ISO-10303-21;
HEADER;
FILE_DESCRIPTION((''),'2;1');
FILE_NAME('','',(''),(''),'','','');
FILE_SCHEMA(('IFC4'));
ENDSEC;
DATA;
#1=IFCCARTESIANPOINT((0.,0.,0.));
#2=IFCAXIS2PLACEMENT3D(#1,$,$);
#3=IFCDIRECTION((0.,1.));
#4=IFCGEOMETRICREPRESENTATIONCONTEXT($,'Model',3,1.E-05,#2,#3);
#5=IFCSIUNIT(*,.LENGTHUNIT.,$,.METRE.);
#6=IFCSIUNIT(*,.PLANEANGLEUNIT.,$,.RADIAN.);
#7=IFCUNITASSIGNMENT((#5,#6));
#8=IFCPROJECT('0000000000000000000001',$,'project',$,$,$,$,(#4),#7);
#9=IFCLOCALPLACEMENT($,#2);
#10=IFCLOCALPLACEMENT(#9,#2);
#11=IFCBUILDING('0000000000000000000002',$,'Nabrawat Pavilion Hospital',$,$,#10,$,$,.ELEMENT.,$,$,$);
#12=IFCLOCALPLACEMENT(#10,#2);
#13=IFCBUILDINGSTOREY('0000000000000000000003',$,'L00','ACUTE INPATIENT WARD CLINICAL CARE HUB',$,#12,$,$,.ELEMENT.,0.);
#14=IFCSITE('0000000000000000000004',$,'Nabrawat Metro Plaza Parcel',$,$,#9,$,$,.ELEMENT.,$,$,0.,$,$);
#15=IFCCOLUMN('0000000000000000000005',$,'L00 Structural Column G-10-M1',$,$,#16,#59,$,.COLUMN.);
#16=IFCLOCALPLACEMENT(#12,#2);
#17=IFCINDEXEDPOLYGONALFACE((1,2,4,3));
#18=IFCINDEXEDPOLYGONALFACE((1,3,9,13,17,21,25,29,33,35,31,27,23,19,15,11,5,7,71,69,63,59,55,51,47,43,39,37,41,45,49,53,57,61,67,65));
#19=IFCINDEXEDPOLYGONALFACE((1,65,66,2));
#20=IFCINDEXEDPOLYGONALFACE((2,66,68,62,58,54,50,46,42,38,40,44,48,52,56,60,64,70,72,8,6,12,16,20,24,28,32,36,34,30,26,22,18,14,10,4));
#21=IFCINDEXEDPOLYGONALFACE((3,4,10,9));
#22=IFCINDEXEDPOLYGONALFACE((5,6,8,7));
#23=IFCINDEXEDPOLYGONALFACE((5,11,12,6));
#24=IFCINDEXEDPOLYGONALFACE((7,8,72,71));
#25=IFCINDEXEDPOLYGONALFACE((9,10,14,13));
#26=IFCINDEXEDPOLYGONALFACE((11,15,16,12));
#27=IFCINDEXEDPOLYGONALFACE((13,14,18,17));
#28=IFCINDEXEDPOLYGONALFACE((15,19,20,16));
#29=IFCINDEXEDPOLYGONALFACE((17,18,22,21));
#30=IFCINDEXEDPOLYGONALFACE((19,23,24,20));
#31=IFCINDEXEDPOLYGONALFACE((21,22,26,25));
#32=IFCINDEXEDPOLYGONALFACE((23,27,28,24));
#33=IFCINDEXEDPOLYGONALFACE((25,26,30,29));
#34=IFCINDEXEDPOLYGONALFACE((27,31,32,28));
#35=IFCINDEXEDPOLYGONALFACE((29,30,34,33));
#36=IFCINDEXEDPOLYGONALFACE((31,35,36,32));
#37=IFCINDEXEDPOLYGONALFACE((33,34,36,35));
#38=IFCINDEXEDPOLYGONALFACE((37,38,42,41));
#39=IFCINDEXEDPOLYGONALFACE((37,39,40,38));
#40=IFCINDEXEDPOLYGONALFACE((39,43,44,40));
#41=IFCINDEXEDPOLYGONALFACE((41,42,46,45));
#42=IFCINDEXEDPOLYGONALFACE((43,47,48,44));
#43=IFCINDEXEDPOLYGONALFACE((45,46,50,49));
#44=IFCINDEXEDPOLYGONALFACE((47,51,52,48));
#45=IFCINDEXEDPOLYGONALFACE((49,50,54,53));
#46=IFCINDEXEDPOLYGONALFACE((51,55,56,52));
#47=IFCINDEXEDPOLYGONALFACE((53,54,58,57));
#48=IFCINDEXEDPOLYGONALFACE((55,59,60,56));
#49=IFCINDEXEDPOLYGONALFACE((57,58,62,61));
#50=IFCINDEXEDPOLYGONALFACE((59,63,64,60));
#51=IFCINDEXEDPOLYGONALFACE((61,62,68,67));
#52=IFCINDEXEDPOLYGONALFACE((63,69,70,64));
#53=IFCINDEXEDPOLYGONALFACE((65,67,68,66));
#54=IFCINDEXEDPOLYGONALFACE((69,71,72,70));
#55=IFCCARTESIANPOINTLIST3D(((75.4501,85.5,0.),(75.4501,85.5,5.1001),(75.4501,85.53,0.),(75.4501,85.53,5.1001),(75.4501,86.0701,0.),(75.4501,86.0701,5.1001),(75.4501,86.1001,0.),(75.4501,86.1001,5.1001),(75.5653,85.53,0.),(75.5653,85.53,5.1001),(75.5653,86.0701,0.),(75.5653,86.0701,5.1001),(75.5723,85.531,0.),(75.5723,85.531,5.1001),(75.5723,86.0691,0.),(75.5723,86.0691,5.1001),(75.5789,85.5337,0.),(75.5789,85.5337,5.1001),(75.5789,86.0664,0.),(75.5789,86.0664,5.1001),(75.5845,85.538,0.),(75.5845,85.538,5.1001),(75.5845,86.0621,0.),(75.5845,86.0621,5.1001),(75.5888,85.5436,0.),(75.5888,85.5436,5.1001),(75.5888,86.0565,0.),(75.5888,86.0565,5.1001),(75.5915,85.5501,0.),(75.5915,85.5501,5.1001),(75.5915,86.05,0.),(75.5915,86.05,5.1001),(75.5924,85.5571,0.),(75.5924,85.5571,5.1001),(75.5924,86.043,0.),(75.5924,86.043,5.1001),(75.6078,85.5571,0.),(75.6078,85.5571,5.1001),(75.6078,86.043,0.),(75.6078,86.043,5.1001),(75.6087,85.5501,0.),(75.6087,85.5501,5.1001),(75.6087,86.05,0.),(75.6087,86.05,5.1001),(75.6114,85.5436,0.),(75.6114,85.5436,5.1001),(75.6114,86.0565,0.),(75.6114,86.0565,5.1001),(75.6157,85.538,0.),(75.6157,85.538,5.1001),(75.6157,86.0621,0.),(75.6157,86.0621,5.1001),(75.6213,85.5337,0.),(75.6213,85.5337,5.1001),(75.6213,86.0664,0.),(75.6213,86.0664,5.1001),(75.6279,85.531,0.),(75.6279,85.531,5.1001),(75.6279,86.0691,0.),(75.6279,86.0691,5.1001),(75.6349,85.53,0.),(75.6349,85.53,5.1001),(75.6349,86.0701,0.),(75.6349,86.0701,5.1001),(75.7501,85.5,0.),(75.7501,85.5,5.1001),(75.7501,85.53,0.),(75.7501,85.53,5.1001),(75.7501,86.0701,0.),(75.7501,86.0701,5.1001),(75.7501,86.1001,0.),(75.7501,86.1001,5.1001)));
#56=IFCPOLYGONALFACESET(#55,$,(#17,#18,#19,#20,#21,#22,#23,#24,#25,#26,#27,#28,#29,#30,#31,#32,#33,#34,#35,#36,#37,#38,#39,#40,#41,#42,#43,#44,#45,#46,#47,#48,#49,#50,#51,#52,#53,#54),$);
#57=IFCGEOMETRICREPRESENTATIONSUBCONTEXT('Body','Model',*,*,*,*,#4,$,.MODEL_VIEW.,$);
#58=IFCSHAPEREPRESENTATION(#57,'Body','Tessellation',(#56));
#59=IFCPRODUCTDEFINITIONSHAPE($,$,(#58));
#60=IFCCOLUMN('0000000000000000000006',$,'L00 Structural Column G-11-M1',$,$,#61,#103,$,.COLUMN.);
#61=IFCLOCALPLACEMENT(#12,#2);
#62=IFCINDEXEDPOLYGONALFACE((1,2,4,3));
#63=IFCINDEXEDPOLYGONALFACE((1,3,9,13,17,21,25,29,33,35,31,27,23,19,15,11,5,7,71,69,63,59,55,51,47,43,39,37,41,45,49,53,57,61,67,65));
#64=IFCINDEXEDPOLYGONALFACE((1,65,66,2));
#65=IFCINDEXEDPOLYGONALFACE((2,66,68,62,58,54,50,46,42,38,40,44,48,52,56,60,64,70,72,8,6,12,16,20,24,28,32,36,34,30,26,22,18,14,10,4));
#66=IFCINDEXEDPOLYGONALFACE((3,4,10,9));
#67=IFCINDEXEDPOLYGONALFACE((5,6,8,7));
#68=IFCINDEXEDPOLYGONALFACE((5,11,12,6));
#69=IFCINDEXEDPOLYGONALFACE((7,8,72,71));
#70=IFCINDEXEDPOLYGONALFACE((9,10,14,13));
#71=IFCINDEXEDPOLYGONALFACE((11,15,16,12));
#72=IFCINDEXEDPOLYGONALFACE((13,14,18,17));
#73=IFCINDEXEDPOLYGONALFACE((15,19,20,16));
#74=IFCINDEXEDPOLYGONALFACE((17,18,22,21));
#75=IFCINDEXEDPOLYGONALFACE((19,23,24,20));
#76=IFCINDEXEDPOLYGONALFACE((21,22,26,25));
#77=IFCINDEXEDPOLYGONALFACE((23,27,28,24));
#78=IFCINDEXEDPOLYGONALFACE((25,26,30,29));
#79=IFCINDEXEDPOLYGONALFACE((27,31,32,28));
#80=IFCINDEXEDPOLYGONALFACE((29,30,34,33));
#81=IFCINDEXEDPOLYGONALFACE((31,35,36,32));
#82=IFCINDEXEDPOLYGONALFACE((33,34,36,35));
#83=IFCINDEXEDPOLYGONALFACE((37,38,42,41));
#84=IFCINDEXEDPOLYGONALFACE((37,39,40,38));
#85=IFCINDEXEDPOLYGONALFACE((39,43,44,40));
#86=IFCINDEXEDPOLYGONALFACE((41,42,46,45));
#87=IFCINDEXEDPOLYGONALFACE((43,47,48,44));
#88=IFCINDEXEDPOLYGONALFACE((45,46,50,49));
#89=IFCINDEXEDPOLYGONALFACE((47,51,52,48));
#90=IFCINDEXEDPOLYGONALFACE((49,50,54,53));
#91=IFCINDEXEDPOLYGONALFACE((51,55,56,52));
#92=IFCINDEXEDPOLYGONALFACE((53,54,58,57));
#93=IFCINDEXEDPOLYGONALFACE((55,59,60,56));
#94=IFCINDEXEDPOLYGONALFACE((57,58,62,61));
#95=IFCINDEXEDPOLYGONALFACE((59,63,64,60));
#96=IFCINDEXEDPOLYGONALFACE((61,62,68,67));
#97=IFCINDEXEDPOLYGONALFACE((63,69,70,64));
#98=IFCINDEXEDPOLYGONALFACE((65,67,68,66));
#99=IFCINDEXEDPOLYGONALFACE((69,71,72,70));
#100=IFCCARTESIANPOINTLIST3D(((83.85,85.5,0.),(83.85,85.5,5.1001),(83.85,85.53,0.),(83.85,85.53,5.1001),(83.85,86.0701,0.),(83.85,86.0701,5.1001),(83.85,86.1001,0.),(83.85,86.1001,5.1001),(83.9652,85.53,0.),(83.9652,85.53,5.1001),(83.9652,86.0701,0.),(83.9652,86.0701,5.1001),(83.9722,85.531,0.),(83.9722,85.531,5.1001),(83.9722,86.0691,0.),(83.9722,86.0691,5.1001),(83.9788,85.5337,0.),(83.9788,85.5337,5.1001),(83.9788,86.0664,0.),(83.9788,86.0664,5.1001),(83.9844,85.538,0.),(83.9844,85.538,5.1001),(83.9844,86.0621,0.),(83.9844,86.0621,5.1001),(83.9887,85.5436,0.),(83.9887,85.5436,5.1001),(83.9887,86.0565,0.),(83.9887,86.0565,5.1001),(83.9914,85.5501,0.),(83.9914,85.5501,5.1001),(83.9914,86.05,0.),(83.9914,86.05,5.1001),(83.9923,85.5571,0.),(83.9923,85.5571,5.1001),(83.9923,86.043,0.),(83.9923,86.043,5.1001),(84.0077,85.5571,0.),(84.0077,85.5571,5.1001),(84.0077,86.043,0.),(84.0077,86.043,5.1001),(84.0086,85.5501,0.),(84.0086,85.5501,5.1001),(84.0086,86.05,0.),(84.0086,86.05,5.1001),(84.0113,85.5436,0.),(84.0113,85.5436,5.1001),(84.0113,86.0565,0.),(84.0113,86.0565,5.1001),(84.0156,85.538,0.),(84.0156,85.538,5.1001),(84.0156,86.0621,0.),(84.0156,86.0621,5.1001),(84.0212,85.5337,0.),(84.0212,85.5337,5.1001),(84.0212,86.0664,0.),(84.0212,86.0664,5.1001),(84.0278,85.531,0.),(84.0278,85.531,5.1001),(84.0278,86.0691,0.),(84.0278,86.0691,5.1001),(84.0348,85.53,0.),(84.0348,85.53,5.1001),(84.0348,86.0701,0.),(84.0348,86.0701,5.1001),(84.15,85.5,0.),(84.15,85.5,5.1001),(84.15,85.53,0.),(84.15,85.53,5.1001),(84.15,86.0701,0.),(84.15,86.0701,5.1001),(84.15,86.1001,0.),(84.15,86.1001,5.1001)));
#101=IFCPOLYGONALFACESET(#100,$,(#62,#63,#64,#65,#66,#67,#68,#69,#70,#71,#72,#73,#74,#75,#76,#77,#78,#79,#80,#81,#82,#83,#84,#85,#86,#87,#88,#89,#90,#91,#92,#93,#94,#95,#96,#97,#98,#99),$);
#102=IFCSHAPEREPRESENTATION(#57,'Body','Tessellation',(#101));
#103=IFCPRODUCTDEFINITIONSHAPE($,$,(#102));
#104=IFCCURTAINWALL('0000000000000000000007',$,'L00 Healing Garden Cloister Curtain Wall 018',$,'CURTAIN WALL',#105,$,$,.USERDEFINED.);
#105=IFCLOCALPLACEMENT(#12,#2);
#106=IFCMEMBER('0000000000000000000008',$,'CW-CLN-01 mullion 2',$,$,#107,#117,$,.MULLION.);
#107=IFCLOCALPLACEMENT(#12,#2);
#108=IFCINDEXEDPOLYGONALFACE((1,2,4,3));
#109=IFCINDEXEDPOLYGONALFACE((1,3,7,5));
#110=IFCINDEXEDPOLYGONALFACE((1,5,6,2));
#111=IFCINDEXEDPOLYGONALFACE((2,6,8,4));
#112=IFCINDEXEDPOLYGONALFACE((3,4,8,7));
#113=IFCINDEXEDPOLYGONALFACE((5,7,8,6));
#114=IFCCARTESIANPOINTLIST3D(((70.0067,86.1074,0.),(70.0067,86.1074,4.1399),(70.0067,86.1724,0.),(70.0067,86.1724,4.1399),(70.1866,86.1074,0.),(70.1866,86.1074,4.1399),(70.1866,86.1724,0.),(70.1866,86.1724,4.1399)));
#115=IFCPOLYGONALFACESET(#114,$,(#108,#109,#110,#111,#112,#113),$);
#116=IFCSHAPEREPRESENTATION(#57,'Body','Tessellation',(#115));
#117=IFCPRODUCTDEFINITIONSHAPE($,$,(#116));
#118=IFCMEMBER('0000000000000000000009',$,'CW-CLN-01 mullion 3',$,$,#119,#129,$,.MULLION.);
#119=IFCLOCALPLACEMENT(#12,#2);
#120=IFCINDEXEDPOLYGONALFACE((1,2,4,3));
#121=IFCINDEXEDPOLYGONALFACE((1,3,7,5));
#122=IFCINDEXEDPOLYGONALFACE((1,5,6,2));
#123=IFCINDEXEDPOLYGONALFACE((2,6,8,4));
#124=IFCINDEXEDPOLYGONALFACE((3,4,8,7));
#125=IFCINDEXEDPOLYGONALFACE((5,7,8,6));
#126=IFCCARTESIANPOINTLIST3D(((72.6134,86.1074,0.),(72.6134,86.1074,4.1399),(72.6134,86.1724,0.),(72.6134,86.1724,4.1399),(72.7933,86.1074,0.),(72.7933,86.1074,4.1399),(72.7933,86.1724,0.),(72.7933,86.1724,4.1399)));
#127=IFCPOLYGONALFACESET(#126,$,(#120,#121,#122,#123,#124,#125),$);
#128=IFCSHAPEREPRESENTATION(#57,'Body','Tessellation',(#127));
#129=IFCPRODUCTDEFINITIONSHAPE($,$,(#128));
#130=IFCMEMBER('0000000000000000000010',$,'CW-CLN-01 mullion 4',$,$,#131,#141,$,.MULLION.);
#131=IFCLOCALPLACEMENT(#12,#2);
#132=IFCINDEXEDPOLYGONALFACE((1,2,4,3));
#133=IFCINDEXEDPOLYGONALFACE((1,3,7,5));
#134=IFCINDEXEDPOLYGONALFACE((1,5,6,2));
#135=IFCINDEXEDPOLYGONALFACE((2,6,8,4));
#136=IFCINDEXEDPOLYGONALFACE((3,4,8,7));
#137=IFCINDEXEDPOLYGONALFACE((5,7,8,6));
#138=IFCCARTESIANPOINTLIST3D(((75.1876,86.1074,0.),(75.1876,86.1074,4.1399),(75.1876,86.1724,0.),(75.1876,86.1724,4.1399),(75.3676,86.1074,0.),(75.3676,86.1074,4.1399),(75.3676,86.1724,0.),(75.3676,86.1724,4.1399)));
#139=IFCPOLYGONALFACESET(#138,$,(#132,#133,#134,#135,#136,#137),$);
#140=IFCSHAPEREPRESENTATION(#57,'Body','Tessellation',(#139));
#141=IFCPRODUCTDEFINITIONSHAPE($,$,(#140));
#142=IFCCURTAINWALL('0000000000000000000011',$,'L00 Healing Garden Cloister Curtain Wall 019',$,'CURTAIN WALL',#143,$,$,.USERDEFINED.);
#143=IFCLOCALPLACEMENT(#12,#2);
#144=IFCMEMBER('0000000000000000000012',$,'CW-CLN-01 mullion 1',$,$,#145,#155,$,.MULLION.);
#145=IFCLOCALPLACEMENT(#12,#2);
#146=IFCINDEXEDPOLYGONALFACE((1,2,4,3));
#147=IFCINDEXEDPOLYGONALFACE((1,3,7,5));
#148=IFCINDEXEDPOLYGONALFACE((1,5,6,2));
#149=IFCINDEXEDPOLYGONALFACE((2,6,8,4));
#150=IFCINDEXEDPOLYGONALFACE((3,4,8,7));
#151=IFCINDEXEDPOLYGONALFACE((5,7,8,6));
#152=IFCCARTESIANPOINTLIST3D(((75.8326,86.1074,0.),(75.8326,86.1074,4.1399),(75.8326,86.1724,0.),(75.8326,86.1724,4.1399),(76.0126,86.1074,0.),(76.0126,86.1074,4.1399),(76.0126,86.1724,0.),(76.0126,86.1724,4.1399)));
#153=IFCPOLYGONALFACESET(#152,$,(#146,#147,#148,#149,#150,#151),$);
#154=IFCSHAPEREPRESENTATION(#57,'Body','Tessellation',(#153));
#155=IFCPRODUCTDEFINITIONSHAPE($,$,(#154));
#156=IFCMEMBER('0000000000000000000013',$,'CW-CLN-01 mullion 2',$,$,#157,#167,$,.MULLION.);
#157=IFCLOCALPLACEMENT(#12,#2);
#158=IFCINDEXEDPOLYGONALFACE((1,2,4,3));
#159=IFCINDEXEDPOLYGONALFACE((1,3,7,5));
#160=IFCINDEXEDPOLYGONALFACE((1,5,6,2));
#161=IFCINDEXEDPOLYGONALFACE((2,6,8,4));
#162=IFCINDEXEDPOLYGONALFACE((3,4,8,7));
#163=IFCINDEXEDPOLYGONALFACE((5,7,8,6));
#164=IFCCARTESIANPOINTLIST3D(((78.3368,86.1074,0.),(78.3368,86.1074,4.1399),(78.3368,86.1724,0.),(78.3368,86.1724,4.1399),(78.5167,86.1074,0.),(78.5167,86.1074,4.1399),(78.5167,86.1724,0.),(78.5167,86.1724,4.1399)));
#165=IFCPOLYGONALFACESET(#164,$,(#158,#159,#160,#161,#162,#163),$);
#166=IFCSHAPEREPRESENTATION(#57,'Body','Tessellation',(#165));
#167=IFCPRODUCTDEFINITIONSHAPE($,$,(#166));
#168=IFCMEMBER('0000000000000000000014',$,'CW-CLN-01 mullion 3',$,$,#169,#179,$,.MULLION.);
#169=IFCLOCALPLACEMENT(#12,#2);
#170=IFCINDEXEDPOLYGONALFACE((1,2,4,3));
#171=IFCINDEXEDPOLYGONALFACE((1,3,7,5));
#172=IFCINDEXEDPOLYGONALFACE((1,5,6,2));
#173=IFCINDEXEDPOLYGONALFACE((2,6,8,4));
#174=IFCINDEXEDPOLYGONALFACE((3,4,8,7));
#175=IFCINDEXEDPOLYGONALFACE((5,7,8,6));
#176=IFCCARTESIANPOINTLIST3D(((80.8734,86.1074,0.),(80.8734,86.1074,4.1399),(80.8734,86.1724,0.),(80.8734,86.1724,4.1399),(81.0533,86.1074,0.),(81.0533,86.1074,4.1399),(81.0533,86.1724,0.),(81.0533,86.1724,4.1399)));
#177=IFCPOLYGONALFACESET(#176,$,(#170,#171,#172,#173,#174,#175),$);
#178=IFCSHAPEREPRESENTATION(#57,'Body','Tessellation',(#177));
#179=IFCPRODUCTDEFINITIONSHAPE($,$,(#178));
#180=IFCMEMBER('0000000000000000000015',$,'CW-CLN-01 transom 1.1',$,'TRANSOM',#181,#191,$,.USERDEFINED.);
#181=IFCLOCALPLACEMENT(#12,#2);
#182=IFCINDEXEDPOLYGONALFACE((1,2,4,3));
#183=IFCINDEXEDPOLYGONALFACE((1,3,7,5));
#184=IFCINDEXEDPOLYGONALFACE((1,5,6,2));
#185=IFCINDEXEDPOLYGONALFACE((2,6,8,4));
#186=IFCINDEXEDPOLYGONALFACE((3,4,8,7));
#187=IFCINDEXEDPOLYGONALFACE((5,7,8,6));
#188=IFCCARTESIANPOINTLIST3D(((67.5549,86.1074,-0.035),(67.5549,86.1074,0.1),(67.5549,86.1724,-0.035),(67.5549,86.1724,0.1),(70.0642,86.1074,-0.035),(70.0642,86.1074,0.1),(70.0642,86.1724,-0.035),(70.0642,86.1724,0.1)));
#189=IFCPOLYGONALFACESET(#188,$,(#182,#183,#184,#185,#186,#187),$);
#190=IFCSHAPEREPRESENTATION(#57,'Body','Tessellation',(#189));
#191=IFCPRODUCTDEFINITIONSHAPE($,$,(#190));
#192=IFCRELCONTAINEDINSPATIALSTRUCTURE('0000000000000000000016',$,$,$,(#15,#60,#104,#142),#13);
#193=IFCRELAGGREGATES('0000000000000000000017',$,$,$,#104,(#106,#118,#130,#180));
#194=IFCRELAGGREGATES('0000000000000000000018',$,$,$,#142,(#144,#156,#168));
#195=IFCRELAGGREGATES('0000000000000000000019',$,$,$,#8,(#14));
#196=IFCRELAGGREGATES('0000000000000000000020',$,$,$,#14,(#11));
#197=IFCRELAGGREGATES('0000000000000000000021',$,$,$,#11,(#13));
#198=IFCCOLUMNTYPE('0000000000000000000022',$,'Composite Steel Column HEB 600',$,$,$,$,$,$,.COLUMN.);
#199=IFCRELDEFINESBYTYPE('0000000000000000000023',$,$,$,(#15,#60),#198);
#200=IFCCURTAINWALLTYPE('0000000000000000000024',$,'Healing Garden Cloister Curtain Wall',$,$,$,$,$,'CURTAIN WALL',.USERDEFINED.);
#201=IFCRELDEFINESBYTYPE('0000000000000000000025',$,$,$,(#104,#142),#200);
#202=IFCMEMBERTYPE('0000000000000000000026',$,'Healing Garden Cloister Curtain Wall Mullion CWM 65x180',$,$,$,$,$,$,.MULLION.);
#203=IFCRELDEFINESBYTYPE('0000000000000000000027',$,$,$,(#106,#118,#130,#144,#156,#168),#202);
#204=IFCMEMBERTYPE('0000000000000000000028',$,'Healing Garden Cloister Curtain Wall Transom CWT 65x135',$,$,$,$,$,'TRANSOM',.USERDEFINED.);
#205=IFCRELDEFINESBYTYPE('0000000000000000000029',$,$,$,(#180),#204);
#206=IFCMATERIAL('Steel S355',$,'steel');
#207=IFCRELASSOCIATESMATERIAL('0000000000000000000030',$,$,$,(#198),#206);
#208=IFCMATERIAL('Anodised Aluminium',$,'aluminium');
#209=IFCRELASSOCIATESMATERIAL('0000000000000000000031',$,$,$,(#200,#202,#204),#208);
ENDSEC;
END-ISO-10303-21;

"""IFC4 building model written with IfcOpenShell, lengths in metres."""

from ifc_helpers import new_model, si_unit, direction, frame, origin, origin_2d, place, context, subcontext, project, spatial, rectangle, i_section, extrude, material, material_profile, profile_set, type_object, element, aggregate, save


model = new_model("IFC4")

# Units and contexts
model_context = context("Model", 3, precision=1e-05, world=origin(), true_north=direction((0.0, 1.0)))
body_context = subcontext(model_context, "Body", "Model", "MODEL_VIEW")
ifc_project = project(units=[si_unit("LENGTHUNIT", "METRE"), si_unit("PLANEANGLEUNIT", "RADIAN")], contexts=[model_context])

# Site, building, storey
site_placement = place(None, origin())
site = spatial("IfcSite", under=ifc_project, at=site_placement, Name="Nabrawat Metro Plaza Parcel", CompositionType="ELEMENT", RefElevation=0.0)
building_placement = place(site_placement, origin())
building = spatial("IfcBuilding", under=site, at=building_placement, Name="Nabrawat Pavilion Hospital", CompositionType="ELEMENT")
storey_placement = place(building_placement, origin())
storey = spatial("IfcBuildingStorey", under=building, at=storey_placement, Name="L00", Description="ACUTE INPATIENT WARD CLINICAL CARE HUB", CompositionType="ELEMENT", Elevation=0.0)

# Columns
ifc_material_1 = material(Name="Steel S355", Category="steel")
ifc_material_profile_1 = material_profile(ifc_material_1, i_section(OverallWidth=0.3, OverallDepth=0.6001, WebThickness=0.0154, FlangeThickness=0.03, FilletRadius=0.0271, at=origin_2d()), Name="HEB 600")
ifc_profile_set_1 = profile_set([ifc_material_profile_1], Name="Steel S355")
column_type = type_object("IfcColumnType", Name="Composite Steel Column HEB 600", PredefinedType="COLUMN", material=ifc_profile_set_1)
for number, where, z_axis, x_axis, name in (
    (1, (75.6001, 85.8, 0.0), (0.0, 0.0, 1.0), (1.0, 0.0, 0.0), "L00 Structural Column G-10-M1"),
    (2, (84.0, 85.8, 0.0), (0.0, 0.0, 1.0), (1.0, 0.0, 0.0), "L00 Structural Column G-11-M1"),
):
    element("IfcColumn", number, at=place(storey_placement, frame(where, z_axis=z_axis, x_axis=x_axis)), inside=storey, type_object=column_type, Name=name, PredefinedType="COLUMN", context=body_context, shape_type="SweptSolid", body=[
        extrude(i_section(OverallWidth=0.3, OverallDepth=0.6001, WebThickness=0.0154, FlangeThickness=0.03, FilletRadius=0.0271, at=origin_2d()), origin(), (0.0, 0.0, 1.0), 5.1001),
    ])

# Curtain walls, members
ifc_material_2 = material(Name="Anodised Aluminium", Category="aluminium")
curtain_wall_type = type_object("IfcCurtainWallType", Name="Healing Garden Cloister Curtain Wall", ElementType="CURTAIN WALL", PredefinedType="USERDEFINED", material=ifc_material_2)
curtain_wall_1_placement = place(storey_placement, origin())
curtain_wall_1 = element("IfcCurtainWall", 3, at=curtain_wall_1_placement, inside=storey, type_object=curtain_wall_type, Name="L00 Healing Garden Cloister Curtain Wall 018", ObjectType="CURTAIN WALL", PredefinedType="USERDEFINED")
ifc_material_profile_2 = material_profile(ifc_material_2, rectangle(XDim=0.0649, YDim=0.1799, at=origin_2d()), Name="CWM 65x180")
ifc_profile_set_2 = profile_set([ifc_material_profile_2], Name="Anodised Aluminium")
member_type_1 = type_object("IfcMemberType", Name="Healing Garden Cloister Curtain Wall Mullion CWM 65x180", PredefinedType="MULLION", material=ifc_profile_set_2)
member_1_placement = place(storey_placement, frame((70.0967, 86.1399, 0.0), z_axis=(0.0, 0.0, 1.0), x_axis=(0.0, 1.0, 0.0)))
member_1 = element("IfcMember", 4, at=member_1_placement, type_object=member_type_1, Name="CW-CLN-01 mullion 2", PredefinedType="MULLION", context=body_context, shape_type="SweptSolid", body=[
    extrude(rectangle(XDim=0.0649, YDim=0.1799, at=origin_2d()), origin(), (0.0, 0.0, 1.0), 4.1399),
])
member_2_placement = place(storey_placement, frame((72.7034, 86.1399, 0.0), z_axis=(0.0, 0.0, 1.0), x_axis=(0.0, 1.0, 0.0)))
member_2 = element("IfcMember", 5, at=member_2_placement, type_object=member_type_1, Name="CW-CLN-01 mullion 3", PredefinedType="MULLION", context=body_context, shape_type="SweptSolid", body=[
    extrude(rectangle(XDim=0.0649, YDim=0.1799, at=origin_2d()), origin(), (0.0, 0.0, 1.0), 4.1399),
])
member_3_placement = place(storey_placement, frame((75.2776, 86.1399, 0.0), z_axis=(0.0, 0.0, 1.0), x_axis=(0.0, 1.0, 0.0)))
member_3 = element("IfcMember", 6, at=member_3_placement, type_object=member_type_1, Name="CW-CLN-01 mullion 4", PredefinedType="MULLION", context=body_context, shape_type="SweptSolid", body=[
    extrude(rectangle(XDim=0.0649, YDim=0.1799, at=origin_2d()), origin(), (0.0, 0.0, 1.0), 4.1399),
])
curtain_wall_2_placement = place(storey_placement, origin())
curtain_wall_2 = element("IfcCurtainWall", 7, at=curtain_wall_2_placement, inside=storey, type_object=curtain_wall_type, Name="L00 Healing Garden Cloister Curtain Wall 019", ObjectType="CURTAIN WALL", PredefinedType="USERDEFINED")
member_4_placement = place(storey_placement, frame((75.9226, 86.1399, 0.0), z_axis=(0.0, 0.0, 1.0), x_axis=(0.0, 1.0, 0.0)))
member_4 = element("IfcMember", 8, at=member_4_placement, type_object=member_type_1, Name="CW-CLN-01 mullion 1", PredefinedType="MULLION", context=body_context, shape_type="SweptSolid", body=[
    extrude(rectangle(XDim=0.0649, YDim=0.1799, at=origin_2d()), origin(), (0.0, 0.0, 1.0), 4.1399),
])
member_5_placement = place(storey_placement, frame((78.4268, 86.1399, 0.0), z_axis=(0.0, 0.0, 1.0), x_axis=(0.0, 1.0, 0.0)))
member_5 = element("IfcMember", 9, at=member_5_placement, type_object=member_type_1, Name="CW-CLN-01 mullion 2", PredefinedType="MULLION", context=body_context, shape_type="SweptSolid", body=[
    extrude(rectangle(XDim=0.0649, YDim=0.1799, at=origin_2d()), origin(), (0.0, 0.0, 1.0), 4.1399),
])
member_6_placement = place(storey_placement, frame((80.9634, 86.1399, 0.0), z_axis=(0.0, 0.0, 1.0), x_axis=(0.0, 1.0, 0.0)))
member_6 = element("IfcMember", 10, at=member_6_placement, type_object=member_type_1, Name="CW-CLN-01 mullion 3", PredefinedType="MULLION", context=body_context, shape_type="SweptSolid", body=[
    extrude(rectangle(XDim=0.0649, YDim=0.1799, at=origin_2d()), origin(), (0.0, 0.0, 1.0), 4.1399),
])

# Member
ifc_material_profile_3 = material_profile(ifc_material_2, rectangle(XDim=0.0649, YDim=0.135, at=origin_2d()), Name="CWT 65x135")
ifc_profile_set_3 = profile_set([ifc_material_profile_3], Name="Anodised Aluminium")
member_type_2 = type_object("IfcMemberType", Name="Healing Garden Cloister Curtain Wall Transom CWT 65x135", ElementType="TRANSOM", PredefinedType="USERDEFINED", material=ifc_profile_set_3)
member_7_placement = place(storey_placement, frame((67.5549, 86.1399, 0.0325), z_axis=(1.0, 0.0, 0.0), x_axis=(0.0, 1.0, 0.0)))
member_7 = element("IfcMember", 11, at=member_7_placement, type_object=member_type_2, Name="CW-CLN-01 transom 1.1", ObjectType="TRANSOM", PredefinedType="USERDEFINED", context=body_context, shape_type="SweptSolid", body=[
    extrude(rectangle(XDim=0.0649, YDim=0.135, at=origin_2d()), origin(), (0.0, 0.0, 1.0), 2.5093),
])

aggregate(curtain_wall_1, [member_1, member_2, member_3, member_7])
aggregate(curtain_wall_2, [member_4, member_5, member_6])

save(model, "model.ifc")
